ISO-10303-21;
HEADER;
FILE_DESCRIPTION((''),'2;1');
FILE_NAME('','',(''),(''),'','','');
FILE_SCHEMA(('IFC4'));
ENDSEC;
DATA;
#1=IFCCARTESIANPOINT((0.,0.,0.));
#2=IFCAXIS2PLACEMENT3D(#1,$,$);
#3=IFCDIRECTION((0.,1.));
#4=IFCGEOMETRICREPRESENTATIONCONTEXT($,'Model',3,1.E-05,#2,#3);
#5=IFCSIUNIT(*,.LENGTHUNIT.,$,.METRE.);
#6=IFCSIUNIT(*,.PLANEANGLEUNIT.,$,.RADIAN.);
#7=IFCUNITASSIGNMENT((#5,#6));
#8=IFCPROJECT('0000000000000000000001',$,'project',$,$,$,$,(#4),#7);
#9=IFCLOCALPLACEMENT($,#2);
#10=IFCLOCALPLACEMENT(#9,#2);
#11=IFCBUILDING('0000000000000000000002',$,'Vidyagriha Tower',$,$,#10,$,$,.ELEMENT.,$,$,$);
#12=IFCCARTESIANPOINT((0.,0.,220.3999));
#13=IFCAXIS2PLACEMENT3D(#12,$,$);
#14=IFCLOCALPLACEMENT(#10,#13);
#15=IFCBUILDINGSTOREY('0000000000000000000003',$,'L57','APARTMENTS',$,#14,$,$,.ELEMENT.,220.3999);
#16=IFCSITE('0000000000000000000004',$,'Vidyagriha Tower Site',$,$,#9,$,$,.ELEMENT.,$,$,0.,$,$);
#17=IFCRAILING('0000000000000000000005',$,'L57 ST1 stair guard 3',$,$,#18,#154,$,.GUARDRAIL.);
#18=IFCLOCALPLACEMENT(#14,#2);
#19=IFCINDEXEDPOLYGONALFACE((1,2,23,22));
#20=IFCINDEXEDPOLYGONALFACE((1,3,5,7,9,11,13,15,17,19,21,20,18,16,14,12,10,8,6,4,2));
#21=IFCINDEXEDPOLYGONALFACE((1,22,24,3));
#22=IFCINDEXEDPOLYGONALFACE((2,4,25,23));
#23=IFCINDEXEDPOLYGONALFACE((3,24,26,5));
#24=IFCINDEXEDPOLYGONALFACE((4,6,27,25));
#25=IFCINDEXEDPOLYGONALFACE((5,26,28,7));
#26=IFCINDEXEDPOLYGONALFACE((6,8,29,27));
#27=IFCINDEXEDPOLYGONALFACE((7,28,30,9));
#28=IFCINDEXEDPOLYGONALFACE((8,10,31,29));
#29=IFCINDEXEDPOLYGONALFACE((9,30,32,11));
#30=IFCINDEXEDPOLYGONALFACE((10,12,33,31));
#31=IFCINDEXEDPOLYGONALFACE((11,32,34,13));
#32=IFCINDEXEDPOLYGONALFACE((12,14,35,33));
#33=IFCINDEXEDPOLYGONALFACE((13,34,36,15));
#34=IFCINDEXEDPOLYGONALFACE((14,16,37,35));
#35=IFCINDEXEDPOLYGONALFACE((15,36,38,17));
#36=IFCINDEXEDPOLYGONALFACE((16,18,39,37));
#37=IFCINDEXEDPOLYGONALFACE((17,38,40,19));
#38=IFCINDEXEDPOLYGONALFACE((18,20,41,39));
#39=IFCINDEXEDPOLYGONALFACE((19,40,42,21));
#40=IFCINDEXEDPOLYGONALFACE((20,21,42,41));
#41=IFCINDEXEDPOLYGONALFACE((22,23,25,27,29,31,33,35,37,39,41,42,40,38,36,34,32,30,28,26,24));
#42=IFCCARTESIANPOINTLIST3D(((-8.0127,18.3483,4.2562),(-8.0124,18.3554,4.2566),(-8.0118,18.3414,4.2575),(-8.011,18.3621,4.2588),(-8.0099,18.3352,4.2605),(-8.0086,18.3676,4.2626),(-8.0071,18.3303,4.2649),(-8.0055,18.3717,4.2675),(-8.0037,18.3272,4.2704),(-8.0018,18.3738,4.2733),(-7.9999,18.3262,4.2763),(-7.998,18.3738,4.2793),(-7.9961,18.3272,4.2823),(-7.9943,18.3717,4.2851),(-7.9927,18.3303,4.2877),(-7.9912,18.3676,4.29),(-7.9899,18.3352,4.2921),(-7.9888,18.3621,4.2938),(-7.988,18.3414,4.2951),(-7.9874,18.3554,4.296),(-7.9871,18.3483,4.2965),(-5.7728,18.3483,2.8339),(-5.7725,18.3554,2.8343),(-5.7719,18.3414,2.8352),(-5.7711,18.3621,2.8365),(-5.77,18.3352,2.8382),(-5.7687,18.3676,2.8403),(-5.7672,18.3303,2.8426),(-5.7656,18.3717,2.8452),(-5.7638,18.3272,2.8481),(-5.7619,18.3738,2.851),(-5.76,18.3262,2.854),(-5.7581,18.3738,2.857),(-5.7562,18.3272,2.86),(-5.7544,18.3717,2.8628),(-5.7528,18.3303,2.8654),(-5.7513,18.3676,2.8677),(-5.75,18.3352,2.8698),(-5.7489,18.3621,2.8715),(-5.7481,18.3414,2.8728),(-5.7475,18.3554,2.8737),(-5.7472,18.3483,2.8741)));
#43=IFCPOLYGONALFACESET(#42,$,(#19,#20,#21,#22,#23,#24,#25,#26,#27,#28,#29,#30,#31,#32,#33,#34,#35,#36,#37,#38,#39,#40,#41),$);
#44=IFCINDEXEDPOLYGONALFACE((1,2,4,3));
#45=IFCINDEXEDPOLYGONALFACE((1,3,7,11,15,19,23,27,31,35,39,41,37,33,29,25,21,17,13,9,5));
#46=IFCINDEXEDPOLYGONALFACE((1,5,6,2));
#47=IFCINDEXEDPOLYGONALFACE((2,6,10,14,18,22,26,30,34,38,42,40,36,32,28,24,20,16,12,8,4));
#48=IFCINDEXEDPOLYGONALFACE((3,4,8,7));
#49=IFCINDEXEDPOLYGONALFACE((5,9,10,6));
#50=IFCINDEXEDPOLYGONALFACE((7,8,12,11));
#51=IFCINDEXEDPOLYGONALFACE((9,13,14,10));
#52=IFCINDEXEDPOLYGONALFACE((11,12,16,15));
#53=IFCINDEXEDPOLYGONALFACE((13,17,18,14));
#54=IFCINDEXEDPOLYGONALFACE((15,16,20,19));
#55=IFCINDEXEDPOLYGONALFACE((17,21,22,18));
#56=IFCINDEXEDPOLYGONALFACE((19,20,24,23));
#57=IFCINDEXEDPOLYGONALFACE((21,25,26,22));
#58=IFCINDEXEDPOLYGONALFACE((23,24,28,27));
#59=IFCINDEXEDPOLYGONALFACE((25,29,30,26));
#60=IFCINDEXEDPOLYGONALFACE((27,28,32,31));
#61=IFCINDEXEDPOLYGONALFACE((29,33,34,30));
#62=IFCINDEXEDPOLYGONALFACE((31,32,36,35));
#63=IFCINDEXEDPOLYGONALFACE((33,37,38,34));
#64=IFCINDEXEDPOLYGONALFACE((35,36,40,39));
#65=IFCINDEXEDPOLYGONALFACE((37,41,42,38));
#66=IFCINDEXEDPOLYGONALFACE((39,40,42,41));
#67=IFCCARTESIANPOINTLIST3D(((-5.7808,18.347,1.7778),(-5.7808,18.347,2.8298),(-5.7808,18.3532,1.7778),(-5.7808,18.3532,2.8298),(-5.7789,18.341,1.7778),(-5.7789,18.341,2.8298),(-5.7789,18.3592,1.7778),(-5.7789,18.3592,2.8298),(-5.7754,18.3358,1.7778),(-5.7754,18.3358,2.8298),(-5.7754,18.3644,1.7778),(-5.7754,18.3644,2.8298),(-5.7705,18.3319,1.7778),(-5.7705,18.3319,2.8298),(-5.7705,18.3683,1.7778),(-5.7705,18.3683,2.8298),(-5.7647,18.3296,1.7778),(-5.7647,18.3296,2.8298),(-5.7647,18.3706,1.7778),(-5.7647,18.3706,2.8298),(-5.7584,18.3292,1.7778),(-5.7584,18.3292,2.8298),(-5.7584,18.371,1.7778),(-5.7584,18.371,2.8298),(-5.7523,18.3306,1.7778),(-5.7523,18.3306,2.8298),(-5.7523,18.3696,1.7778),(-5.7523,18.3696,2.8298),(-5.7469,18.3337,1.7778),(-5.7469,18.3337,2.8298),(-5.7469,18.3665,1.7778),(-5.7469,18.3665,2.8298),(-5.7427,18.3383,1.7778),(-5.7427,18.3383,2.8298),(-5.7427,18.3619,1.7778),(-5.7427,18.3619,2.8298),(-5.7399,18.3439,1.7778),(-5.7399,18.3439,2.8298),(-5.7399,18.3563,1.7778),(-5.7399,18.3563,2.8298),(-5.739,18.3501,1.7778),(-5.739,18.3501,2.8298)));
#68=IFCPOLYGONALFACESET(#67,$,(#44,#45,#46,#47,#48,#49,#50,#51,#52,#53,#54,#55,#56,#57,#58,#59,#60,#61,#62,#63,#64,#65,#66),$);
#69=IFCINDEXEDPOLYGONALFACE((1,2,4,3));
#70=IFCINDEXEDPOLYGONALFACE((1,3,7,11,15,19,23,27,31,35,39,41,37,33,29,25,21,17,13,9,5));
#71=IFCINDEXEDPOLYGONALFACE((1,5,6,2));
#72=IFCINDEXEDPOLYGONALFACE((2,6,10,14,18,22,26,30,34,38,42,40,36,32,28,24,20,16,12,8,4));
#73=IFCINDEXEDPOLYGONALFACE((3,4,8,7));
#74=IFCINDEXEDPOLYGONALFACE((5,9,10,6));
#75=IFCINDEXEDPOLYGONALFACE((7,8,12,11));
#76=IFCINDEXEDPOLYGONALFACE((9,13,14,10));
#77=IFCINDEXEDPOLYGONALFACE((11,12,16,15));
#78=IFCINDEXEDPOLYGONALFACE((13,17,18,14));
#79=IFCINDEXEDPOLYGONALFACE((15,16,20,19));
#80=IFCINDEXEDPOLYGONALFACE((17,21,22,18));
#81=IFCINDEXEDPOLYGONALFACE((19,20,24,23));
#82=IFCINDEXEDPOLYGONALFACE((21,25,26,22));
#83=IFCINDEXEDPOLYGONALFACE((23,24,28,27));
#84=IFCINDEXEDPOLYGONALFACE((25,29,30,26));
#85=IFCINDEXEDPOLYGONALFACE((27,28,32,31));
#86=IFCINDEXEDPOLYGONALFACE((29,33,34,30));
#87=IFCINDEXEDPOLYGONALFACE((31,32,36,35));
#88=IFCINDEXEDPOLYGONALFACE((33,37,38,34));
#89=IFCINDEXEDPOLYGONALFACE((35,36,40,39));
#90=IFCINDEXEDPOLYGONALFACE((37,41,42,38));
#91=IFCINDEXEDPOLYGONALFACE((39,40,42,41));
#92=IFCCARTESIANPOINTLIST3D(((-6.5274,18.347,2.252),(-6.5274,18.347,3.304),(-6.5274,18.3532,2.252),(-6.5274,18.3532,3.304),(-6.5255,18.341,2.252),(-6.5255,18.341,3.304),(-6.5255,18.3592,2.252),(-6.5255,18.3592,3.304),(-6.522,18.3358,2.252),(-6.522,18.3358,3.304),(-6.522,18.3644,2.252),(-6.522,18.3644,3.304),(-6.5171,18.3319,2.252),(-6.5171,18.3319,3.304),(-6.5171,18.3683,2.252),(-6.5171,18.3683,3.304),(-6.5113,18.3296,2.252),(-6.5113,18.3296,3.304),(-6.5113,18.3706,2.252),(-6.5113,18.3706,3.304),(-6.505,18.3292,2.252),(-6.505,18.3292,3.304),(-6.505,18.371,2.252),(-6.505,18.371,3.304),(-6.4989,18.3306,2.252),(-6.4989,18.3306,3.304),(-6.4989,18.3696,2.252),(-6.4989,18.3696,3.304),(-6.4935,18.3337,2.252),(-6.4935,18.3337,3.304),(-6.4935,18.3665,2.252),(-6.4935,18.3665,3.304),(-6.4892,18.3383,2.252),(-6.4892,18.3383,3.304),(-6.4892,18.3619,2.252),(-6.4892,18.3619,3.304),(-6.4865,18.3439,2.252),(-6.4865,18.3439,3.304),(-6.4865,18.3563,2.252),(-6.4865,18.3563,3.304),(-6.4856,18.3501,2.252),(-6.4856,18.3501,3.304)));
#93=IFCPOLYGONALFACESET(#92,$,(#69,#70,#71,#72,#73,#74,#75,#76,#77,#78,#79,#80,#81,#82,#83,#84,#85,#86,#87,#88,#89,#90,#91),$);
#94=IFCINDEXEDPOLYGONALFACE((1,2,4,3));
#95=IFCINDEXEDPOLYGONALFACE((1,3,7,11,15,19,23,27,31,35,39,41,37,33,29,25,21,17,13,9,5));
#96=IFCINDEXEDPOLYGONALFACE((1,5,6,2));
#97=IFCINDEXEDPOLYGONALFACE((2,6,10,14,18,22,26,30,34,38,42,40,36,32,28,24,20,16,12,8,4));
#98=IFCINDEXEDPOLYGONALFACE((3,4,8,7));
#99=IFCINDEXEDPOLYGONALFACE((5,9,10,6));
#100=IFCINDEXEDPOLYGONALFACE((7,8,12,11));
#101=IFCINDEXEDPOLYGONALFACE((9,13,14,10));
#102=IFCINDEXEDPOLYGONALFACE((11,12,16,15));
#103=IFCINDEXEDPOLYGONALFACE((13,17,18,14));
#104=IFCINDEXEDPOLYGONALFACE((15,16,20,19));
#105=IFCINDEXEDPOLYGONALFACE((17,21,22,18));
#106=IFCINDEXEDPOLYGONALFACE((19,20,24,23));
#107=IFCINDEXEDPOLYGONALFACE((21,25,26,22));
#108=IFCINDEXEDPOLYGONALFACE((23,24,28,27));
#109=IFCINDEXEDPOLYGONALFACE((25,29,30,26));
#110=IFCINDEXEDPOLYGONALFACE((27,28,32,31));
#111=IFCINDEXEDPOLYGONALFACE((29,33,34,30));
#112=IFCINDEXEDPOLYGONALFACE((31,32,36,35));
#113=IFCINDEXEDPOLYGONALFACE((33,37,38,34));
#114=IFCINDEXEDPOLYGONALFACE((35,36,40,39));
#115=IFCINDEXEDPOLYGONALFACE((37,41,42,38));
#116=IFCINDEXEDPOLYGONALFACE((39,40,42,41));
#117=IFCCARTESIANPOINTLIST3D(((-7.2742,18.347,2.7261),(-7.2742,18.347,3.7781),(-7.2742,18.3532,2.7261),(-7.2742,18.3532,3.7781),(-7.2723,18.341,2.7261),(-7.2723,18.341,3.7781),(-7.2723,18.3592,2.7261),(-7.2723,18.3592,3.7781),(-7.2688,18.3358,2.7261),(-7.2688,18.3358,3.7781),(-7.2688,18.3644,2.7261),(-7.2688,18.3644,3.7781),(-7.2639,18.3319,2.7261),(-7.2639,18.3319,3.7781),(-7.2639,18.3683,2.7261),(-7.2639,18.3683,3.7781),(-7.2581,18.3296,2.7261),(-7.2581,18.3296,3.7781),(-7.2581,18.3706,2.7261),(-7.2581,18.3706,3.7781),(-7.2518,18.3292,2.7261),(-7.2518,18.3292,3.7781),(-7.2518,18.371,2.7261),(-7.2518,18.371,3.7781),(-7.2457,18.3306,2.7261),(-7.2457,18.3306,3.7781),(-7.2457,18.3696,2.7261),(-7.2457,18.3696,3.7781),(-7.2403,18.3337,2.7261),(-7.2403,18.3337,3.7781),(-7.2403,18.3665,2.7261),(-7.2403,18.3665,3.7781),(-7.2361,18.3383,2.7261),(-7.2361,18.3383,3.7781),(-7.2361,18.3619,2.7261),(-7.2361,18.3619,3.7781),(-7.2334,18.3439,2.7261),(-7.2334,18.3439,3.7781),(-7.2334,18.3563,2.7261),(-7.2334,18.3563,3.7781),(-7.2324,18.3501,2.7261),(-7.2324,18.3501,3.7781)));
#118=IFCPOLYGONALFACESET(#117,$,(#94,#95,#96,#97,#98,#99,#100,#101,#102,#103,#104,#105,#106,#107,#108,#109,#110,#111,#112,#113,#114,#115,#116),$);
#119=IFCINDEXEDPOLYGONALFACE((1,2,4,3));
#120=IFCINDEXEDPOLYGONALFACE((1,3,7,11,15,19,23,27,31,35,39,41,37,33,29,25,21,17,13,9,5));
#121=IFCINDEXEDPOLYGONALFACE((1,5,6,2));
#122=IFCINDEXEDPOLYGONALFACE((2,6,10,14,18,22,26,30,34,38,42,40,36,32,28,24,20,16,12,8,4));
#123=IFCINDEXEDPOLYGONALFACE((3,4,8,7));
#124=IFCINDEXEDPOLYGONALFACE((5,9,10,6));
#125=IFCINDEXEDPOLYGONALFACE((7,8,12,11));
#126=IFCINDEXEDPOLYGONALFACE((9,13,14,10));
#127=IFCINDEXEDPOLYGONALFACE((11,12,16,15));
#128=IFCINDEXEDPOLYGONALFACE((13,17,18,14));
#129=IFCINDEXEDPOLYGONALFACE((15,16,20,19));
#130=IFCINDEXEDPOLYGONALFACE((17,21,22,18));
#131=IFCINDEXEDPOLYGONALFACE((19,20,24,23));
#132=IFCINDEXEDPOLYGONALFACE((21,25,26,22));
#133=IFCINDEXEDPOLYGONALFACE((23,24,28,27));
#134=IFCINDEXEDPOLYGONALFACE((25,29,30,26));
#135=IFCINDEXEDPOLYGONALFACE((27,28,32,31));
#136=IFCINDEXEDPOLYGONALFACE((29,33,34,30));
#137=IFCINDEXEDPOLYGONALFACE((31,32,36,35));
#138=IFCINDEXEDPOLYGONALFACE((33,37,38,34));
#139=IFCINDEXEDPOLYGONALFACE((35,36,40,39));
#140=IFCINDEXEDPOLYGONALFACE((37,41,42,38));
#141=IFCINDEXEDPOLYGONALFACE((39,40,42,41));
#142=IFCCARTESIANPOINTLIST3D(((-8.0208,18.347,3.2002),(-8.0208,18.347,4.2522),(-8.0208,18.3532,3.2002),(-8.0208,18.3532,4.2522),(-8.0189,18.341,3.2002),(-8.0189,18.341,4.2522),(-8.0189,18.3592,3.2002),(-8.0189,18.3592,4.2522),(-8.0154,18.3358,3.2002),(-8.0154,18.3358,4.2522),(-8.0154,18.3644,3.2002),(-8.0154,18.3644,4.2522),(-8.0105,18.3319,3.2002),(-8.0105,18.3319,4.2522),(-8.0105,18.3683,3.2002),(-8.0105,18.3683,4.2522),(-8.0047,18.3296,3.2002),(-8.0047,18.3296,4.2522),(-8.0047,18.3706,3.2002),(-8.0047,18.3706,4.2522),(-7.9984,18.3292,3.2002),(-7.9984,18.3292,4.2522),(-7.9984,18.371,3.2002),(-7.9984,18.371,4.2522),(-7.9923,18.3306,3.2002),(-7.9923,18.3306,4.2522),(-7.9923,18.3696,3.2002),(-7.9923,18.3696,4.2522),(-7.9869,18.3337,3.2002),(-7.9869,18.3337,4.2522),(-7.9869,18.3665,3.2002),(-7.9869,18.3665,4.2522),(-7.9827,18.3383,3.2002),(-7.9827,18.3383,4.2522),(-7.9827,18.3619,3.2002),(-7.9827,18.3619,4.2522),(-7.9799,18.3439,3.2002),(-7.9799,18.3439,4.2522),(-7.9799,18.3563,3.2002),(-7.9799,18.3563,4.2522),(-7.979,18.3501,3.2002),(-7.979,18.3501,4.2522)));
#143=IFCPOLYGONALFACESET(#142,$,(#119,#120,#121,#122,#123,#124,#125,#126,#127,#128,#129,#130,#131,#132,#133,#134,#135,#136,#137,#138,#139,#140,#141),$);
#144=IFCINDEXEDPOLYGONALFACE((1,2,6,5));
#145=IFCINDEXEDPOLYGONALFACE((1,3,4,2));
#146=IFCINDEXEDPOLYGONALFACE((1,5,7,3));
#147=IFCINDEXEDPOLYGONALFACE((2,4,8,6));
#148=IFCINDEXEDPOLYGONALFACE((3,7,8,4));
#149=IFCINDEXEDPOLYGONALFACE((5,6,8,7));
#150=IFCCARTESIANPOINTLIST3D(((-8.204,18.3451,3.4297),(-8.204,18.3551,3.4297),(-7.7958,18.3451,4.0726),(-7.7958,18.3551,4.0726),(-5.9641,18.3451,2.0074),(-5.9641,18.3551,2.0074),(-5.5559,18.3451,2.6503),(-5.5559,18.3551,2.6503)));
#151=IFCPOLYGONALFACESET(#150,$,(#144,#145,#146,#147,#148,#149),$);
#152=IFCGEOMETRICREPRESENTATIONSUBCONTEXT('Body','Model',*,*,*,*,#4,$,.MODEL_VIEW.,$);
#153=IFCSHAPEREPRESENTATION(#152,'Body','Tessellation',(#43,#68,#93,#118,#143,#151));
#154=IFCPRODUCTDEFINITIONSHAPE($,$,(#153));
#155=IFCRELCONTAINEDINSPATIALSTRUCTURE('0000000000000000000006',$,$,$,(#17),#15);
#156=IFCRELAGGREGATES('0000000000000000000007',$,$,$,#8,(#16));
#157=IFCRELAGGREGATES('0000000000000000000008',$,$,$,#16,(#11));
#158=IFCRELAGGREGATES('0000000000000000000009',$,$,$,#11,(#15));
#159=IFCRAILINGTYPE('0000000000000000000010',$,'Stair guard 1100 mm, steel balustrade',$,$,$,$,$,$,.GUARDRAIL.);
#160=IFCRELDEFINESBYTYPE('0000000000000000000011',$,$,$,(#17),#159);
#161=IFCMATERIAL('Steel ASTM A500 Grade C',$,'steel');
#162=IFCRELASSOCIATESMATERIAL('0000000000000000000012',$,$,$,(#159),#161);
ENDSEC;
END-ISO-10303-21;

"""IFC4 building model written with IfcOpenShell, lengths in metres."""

from ifc_helpers import new_model, si_unit, direction, frame, origin, origin_2d, place, context, subcontext, project, spatial, rectangle, circle, extrude, material, type_object, element, save


model = new_model("IFC4")

# Units and contexts
model_context = context("Model", 3, precision=1e-05, world=origin(), true_north=direction((0.0, 1.0)))
body_context = subcontext(model_context, "Body", "Model", "MODEL_VIEW")
ifc_project = project(units=[si_unit("LENGTHUNIT", "METRE"), si_unit("PLANEANGLEUNIT", "RADIAN")], contexts=[model_context])

# Site, building, storey
site_placement = place(None, origin())
site = spatial("IfcSite", under=ifc_project, at=site_placement, Name="Vidyagriha Tower Site", CompositionType="ELEMENT", RefElevation=0.0)
building_placement = place(site_placement, origin())
building = spatial("IfcBuilding", under=site, at=building_placement, Name="Vidyagriha Tower", CompositionType="ELEMENT")
storey_placement = place(building_placement, frame((0.0, 0.0, 220.3999)))
storey = spatial("IfcBuildingStorey", under=building, at=storey_placement, Name="L57", Description="APARTMENTS", CompositionType="ELEMENT", Elevation=220.3999)

# Railing
ifc_material_1 = material(Name="Steel ASTM A500 Grade C", Category="steel")
railing_type_1 = type_object("IfcRailingType", Name="Stair guard 1100 mm, steel balustrade", PredefinedType="GUARDRAIL", material=ifc_material_1)
railing_1_placement = place(storey_placement, frame((-5.76, 18.3501, 1.7778)))
element("IfcRailing", 1, at=railing_1_placement, inside=storey, type_object=railing_type_1, Name="L57 ST1 stair guard 3", PredefinedType="GUARDRAIL", context=body_context, shape_type="SweptSolid", body=[
    extrude(circle(Radius=0.0239, at=origin_2d()), frame((0.0, 0.0, 1.0762), z_axis=(-0.844188, 0.0, 0.536048), x_axis=(0.0, -1.0, 0.0)), (0.0, 0.0, 1.0), 2.6533),
    extrude(circle(Radius=0.021, at=origin_2d()), origin(), (0.0, 0.0, 1.0), 1.052),
    extrude(circle(Radius=0.021, at=origin_2d()), frame((-0.7466, 0.0, 0.4741)), (0.0, 0.0, 1.0), 1.052),
    extrude(circle(Radius=0.021, at=origin_2d()), frame((-1.4934, 0.0, 0.9482)), (0.0, 0.0, 1.0), 1.052),
    extrude(circle(Radius=0.021, at=origin_2d()), frame((-2.24, 0.0, 1.4224)), (0.0, 0.0, 1.0), 1.052),
    extrude(rectangle(XDim=0.01, YDim=0.7615, at=origin_2d()), frame((0.0, 0.0, 0.551), z_axis=(-0.844188, 0.0, 0.536048), x_axis=(0.0, -1.0, 0.0)), (0.0, 0.0, 1.0), 2.6533),
])

save(model, "model.ifc")
